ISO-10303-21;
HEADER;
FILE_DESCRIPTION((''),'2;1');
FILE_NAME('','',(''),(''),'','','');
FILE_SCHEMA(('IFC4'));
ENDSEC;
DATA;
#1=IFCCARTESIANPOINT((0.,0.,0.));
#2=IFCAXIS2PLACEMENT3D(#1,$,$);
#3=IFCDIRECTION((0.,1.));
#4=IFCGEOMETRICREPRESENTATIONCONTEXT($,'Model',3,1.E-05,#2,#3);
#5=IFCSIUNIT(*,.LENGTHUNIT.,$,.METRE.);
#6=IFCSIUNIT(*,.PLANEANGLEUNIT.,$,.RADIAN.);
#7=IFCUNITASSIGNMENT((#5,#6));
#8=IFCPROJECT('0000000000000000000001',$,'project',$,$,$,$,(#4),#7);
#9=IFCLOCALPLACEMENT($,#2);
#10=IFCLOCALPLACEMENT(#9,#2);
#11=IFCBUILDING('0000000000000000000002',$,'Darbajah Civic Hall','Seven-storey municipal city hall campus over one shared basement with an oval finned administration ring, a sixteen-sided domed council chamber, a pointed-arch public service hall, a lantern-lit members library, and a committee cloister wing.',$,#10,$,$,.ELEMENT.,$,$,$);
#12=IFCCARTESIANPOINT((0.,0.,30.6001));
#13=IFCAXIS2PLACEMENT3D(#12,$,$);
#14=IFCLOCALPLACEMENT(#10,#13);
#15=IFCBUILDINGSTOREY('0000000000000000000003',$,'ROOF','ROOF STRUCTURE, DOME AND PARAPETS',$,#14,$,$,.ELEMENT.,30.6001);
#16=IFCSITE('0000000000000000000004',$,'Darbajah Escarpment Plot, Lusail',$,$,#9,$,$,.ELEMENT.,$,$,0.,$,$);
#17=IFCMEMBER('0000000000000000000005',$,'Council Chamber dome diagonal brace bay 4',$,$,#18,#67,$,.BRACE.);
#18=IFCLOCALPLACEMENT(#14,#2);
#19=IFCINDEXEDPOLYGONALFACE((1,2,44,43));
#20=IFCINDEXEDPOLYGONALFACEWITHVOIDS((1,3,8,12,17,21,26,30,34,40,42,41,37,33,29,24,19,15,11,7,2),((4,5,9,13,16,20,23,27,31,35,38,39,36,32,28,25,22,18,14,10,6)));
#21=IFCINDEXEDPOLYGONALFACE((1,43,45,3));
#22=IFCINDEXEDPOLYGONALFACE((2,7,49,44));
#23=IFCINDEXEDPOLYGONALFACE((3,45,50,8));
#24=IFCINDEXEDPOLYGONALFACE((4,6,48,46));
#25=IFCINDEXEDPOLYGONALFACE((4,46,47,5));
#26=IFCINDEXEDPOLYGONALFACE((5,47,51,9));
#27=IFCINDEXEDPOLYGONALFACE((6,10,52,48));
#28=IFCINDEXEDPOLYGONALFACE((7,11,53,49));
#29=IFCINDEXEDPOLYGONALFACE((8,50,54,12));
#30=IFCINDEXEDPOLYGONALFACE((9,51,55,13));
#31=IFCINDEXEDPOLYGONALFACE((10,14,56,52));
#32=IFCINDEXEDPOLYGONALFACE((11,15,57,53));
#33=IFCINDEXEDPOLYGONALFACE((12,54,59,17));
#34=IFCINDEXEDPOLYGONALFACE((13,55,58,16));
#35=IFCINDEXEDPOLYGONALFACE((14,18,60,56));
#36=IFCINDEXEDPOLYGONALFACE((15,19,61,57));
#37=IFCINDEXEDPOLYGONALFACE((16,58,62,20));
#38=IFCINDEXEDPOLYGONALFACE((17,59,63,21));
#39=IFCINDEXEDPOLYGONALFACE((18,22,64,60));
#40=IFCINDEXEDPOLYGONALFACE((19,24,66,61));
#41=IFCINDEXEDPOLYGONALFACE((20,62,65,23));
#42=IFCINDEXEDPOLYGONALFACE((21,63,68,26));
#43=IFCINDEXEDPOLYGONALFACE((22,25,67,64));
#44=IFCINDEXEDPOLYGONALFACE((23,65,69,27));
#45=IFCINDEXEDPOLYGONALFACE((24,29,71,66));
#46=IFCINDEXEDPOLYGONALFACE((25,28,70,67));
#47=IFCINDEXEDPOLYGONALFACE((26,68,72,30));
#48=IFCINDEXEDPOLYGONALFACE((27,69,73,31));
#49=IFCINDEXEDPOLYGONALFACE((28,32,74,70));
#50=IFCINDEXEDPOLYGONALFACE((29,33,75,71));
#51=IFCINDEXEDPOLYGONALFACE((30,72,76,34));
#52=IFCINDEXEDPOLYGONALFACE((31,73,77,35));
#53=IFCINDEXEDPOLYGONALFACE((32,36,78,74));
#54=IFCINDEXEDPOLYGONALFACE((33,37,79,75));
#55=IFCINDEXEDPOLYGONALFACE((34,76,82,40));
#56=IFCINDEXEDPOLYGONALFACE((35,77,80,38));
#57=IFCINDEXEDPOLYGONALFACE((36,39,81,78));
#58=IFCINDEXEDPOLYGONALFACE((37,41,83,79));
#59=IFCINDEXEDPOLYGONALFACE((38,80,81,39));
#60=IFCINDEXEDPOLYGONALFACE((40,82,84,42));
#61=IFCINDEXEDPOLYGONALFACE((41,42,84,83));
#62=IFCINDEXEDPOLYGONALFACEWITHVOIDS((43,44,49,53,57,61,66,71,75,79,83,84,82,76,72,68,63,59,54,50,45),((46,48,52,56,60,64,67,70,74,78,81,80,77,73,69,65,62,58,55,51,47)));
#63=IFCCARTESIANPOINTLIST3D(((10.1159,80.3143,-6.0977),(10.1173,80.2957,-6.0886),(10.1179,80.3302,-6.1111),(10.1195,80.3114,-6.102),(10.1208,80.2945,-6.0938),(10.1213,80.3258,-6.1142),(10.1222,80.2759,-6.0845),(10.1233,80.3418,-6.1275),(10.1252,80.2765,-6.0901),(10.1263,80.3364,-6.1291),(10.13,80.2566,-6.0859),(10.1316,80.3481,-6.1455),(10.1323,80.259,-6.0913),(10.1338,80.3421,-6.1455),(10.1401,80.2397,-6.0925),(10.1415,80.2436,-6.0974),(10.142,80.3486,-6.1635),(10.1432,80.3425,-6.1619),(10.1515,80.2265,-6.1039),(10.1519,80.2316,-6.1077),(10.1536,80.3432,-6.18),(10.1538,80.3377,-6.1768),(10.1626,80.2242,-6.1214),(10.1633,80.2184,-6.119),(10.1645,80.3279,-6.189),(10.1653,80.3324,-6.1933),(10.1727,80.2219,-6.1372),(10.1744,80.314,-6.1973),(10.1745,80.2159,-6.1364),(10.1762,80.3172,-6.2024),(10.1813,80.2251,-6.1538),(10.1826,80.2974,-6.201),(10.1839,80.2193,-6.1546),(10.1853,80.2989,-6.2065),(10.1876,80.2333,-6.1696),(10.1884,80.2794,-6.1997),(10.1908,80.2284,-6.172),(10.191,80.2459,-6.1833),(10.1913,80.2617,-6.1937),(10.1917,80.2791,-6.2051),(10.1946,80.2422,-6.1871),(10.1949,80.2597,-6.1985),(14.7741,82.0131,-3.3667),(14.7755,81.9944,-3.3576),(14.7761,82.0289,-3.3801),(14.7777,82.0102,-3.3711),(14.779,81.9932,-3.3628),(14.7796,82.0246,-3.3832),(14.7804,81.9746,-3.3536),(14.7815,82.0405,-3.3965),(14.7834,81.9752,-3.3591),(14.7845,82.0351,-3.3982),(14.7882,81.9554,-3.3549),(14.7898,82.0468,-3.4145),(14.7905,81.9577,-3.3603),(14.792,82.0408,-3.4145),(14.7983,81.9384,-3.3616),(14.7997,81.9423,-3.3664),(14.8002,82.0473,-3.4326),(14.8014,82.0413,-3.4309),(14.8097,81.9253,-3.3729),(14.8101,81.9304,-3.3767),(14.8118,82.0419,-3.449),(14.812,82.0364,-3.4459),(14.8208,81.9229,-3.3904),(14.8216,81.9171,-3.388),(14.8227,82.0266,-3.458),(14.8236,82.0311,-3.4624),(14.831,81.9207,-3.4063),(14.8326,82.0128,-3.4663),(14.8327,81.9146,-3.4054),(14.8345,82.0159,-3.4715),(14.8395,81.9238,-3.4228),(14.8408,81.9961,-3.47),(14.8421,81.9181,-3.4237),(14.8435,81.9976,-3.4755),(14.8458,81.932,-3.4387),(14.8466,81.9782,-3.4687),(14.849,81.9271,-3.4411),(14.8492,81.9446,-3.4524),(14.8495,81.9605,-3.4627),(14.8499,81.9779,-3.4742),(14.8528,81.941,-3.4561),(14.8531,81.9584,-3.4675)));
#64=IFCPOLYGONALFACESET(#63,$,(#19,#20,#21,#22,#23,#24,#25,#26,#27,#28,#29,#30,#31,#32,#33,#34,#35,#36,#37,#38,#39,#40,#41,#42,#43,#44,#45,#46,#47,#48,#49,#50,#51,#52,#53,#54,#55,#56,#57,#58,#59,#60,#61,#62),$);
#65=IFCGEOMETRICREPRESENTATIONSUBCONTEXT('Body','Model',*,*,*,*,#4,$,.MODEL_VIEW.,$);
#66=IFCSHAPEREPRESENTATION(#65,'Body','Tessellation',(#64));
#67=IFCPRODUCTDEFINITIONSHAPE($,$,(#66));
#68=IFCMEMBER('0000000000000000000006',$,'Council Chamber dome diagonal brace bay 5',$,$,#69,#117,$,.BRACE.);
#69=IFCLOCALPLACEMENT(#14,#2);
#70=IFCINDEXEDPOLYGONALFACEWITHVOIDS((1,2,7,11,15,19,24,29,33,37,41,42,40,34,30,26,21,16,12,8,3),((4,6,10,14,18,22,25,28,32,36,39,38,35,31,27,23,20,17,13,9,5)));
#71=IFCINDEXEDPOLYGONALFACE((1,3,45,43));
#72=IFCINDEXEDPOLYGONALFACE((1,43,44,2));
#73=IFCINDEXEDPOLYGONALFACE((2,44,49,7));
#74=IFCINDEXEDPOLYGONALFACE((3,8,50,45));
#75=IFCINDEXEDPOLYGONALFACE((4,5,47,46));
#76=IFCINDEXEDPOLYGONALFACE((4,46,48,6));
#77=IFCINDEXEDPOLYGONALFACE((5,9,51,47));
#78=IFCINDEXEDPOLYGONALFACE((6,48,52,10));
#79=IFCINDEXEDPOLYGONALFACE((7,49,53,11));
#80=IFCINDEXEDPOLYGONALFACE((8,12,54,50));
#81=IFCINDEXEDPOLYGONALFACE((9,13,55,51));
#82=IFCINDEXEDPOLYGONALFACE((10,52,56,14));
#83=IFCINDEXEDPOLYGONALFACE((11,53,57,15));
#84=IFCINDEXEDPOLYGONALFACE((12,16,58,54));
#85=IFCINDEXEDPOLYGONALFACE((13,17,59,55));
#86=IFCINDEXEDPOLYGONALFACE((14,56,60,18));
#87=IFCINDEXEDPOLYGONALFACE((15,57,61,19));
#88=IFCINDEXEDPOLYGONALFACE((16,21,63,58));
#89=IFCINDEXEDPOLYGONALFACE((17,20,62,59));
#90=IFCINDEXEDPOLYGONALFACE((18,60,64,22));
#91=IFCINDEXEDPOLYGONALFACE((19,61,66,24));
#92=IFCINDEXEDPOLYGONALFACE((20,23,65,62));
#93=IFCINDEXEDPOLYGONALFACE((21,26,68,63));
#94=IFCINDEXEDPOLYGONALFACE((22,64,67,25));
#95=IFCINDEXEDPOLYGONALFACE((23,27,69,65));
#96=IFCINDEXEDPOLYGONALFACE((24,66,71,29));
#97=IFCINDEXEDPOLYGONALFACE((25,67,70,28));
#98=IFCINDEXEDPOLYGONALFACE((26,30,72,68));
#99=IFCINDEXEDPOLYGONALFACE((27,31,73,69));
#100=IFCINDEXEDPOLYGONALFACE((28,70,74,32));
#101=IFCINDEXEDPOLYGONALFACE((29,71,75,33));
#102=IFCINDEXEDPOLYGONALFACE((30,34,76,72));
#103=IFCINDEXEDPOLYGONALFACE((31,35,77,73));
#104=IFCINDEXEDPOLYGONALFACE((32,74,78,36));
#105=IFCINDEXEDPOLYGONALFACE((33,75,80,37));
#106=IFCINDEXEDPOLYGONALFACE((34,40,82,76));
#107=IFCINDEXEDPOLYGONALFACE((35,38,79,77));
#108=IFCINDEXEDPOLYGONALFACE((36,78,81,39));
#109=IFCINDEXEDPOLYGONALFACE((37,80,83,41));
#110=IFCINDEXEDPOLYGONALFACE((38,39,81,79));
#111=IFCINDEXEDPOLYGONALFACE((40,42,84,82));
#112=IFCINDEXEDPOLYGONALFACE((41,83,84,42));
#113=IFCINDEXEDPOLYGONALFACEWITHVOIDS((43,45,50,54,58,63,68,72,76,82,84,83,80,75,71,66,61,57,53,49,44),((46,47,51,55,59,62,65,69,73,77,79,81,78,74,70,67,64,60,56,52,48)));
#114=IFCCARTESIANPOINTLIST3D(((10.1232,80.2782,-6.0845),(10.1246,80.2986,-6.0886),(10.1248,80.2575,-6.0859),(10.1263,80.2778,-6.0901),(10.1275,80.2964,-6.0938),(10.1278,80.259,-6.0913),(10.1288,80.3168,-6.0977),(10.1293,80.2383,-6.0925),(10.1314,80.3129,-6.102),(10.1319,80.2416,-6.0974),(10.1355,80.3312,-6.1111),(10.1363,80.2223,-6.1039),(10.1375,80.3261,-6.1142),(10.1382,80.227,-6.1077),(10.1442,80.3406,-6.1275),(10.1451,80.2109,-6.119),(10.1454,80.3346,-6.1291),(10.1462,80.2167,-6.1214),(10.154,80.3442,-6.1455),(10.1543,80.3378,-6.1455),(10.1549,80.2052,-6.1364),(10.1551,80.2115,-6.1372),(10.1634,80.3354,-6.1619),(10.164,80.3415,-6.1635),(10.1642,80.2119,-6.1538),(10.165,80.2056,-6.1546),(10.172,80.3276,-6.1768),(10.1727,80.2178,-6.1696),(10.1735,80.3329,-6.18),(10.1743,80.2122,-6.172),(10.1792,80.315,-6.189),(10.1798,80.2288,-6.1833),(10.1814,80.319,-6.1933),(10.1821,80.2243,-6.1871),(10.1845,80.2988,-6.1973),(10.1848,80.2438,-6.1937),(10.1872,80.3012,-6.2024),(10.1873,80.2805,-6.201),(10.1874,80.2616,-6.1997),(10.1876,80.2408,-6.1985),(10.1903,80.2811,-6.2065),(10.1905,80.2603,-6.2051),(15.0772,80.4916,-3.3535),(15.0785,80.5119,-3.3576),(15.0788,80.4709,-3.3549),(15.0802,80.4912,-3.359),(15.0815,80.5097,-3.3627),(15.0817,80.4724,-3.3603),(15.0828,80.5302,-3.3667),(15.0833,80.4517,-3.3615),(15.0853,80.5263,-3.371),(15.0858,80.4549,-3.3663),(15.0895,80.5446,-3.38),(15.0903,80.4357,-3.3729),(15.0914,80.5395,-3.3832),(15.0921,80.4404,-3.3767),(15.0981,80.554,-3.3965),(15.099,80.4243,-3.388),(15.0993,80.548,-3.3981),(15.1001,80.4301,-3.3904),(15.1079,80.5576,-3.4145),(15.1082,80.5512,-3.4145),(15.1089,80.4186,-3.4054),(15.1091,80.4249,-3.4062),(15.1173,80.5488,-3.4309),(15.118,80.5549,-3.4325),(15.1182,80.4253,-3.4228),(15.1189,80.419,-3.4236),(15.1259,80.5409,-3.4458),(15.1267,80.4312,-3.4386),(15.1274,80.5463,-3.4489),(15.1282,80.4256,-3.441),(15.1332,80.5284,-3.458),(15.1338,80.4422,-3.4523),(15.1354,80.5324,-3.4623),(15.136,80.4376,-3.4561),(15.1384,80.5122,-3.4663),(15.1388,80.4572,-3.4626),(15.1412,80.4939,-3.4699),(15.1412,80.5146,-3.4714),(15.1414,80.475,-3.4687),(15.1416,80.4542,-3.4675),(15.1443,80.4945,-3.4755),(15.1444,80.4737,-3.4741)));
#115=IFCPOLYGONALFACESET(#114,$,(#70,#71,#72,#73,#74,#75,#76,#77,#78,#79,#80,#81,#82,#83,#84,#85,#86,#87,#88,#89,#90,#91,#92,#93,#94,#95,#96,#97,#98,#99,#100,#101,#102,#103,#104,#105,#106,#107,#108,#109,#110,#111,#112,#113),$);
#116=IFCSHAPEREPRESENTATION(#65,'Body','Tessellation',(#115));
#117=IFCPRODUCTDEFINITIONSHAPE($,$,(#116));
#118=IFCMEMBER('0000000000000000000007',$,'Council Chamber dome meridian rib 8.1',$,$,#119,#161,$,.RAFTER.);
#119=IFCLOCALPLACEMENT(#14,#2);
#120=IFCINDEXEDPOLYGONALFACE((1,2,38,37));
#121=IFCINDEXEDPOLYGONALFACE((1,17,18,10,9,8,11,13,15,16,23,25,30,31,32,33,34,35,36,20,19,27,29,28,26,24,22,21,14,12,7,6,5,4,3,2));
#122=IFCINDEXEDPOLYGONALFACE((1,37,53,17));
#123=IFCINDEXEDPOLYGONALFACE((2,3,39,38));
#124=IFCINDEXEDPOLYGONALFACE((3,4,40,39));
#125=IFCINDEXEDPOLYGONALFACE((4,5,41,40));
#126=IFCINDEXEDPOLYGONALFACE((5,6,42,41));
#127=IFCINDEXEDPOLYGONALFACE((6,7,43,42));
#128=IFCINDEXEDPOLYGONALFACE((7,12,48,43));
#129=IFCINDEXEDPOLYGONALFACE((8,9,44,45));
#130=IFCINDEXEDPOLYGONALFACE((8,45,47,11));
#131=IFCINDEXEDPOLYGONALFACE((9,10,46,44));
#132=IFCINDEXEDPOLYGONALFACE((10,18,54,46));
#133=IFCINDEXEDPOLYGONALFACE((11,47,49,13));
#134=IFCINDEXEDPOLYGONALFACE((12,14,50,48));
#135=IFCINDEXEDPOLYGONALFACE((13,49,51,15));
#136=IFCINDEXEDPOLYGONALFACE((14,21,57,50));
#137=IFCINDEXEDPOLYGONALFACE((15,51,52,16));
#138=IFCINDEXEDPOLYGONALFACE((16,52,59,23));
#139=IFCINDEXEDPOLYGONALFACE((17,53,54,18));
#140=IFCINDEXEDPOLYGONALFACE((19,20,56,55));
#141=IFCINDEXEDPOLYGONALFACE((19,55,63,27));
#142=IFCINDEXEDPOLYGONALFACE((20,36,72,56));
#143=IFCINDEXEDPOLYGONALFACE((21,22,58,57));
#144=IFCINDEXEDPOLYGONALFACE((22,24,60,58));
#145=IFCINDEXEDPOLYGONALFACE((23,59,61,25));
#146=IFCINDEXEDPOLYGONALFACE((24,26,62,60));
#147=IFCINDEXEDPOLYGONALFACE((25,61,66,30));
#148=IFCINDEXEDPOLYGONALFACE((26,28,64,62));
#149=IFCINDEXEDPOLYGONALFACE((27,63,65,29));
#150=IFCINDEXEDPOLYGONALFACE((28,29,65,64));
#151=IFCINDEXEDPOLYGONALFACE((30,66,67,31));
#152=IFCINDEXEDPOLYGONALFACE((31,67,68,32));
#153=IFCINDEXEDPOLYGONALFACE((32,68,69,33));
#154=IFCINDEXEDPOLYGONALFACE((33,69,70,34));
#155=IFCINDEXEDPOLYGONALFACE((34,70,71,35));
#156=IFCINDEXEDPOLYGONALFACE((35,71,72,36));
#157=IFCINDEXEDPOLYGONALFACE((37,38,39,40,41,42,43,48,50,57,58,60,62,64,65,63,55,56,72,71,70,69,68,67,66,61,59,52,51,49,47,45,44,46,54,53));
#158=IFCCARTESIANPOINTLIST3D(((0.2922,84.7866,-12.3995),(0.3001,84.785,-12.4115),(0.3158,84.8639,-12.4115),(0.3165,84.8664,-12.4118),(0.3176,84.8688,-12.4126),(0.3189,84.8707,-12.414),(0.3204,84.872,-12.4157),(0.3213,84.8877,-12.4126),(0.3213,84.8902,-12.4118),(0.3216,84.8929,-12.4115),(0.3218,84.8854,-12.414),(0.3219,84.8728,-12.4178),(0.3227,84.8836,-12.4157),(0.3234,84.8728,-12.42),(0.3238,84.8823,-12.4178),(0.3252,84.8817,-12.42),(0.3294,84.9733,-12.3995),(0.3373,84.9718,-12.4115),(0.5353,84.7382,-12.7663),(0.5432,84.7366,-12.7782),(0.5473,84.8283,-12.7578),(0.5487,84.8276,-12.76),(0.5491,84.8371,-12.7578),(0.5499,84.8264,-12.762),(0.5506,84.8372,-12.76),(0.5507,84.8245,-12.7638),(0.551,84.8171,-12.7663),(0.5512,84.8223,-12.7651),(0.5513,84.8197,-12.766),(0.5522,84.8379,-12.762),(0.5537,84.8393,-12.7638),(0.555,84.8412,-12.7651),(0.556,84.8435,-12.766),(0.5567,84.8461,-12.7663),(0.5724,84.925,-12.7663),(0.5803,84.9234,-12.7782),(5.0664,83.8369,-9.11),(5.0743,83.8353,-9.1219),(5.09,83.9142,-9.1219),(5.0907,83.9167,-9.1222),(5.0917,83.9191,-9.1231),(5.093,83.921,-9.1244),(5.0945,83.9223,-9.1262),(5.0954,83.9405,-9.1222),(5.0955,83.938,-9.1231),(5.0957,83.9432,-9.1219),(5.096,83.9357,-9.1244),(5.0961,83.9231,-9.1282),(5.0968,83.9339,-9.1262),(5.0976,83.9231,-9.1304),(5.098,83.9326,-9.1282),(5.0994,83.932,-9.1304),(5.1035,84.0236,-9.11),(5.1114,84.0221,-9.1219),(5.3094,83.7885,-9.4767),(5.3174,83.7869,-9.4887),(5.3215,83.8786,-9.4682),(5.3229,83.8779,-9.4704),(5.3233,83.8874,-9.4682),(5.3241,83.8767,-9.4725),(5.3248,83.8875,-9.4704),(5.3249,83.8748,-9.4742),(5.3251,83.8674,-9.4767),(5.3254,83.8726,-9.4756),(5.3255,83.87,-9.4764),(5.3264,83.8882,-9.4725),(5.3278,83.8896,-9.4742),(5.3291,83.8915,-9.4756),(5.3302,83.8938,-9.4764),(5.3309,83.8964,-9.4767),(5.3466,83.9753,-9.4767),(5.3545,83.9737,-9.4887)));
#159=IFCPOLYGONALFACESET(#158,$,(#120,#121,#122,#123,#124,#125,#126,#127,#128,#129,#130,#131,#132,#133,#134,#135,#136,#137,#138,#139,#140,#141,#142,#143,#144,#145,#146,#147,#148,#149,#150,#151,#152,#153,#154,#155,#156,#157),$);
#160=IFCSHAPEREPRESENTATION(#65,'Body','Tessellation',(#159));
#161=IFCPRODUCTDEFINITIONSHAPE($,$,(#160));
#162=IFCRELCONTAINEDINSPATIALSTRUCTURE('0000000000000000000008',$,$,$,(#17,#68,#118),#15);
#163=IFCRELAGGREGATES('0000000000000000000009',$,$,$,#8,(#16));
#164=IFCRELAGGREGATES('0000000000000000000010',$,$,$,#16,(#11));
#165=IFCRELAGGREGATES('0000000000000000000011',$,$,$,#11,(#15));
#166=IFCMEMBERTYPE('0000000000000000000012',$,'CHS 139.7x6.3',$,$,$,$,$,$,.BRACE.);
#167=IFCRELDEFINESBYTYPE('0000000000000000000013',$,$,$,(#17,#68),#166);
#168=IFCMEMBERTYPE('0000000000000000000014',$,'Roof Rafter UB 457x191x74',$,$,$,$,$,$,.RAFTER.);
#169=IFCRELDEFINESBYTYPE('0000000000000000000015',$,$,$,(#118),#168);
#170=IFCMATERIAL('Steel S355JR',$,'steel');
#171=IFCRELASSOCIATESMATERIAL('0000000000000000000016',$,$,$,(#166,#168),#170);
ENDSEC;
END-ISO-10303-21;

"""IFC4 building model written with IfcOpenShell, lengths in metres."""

from ifc_helpers import new_model, si_unit, direction, frame, origin, origin_2d, place, context, subcontext, project, spatial, hollow_circle, i_section, extrude, material, material_profile, profile_set, type_object, element, save


model = new_model("IFC4")

# Units and contexts
model_context = context("Model", 3, precision=1e-05, world=origin(), true_north=direction((0.0, 1.0)))
body_context = subcontext(model_context, "Body", "Model", "MODEL_VIEW")
ifc_project = project(units=[si_unit("LENGTHUNIT", "METRE"), si_unit("PLANEANGLEUNIT", "RADIAN")], contexts=[model_context])

# Site, building, storey
site_placement = place(None, origin())
site = spatial("IfcSite", under=ifc_project, at=site_placement, Name="Darbajah Escarpment Plot, Lusail", CompositionType="ELEMENT", RefElevation=0.0)
building_placement = place(site_placement, origin())
building = spatial("IfcBuilding", under=site, at=building_placement, Name="Darbajah Civic Hall", Description="Seven-storey municipal city hall campus over one shared basement with an oval finned administration ring, a sixteen-sided domed council chamber, a pointed-arch public service hall, a lantern-lit members library, and a committee cloister wing.", CompositionType="ELEMENT")
storey_placement = place(building_placement, frame((0.0, 0.0, 30.6001)))
storey = spatial("IfcBuildingStorey", under=building, at=storey_placement, Name="ROOF", Description="ROOF STRUCTURE, DOME AND PARAPETS", CompositionType="ELEMENT", Elevation=30.6001)

# Members
ifc_material = material(Name="Steel S355JR", Category="steel")
ifc_material_profile_1 = material_profile(ifc_material, hollow_circle(Radius=0.0698, WallThickness=0.0063, at=origin_2d()), Name="CHS 139.7x6.3")
ifc_profile_set_1 = profile_set([ifc_material_profile_1], Name="Steel S355JR")
member_type_1 = type_object("IfcMemberType", Name="CHS 139.7x6.3", PredefinedType="BRACE", material=ifc_profile_set_1)
member_1_placement = place(storey_placement, frame((10.1555, 80.2825, -6.1455), z_axis=(0.822913, 0.300096, 0.482448), x_axis=(-0.342605, 0.93948, 0.0)))
element("IfcMember", 1, at=member_1_placement, inside=storey, type_object=member_type_1, Name="Council Chamber dome diagonal brace bay 4", PredefinedType="BRACE", context=body_context, shape_type="SweptSolid", body=[
    extrude(hollow_circle(Radius=0.0698, WallThickness=0.0063, at=origin_2d()), origin(), (0.0, 0.0, 1.0), 5.6606),
])
member_2_placement = place(storey_placement, frame((10.157, 80.2744, -6.1455), z_axis=(0.87512, 0.037694, 0.482435), x_axis=(-0.043033, 0.999074, 0.0)))
element("IfcMember", 2, at=member_2_placement, inside=storey, type_object=member_type_1, Name="Council Chamber dome diagonal brace bay 5", PredefinedType="BRACE", context=body_context, shape_type="SweptSolid", body=[
    extrude(hollow_circle(Radius=0.0698, WallThickness=0.0063, at=origin_2d()), origin(), (0.0, 0.0, 1.0), 5.6609),
])
ifc_material_profile_2 = material_profile(ifc_material, i_section(OverallWidth=0.1904, OverallDepth=0.457, WebThickness=0.009, FlangeThickness=0.0144, FilletRadius=0.0103, at=origin_2d()), Name="UB 457x191x74")
ifc_profile_set_2 = profile_set([ifc_material_profile_2], Name="Steel S355JR")
member_type_2 = type_object("IfcMemberType", Name="Roof Rafter UB 457x191x74", PredefinedType="RAFTER", material=ifc_profile_set_2)
member_3_placement = place(storey_placement, frame((0.4363, 84.855, -12.5889), z_axis=(0.812623, -0.161652, 0.559922), x_axis=(0.195103, 0.980783, 0.0)))
element("IfcMember", 3, at=member_3_placement, inside=storey, type_object=member_type_2, Name="Council Chamber dome meridian rib 8.1", PredefinedType="RAFTER", context=body_context, shape_type="SweptSolid", body=[
    extrude(i_section(OverallWidth=0.1904, OverallDepth=0.457, WebThickness=0.009, FlangeThickness=0.0144, FilletRadius=0.0103, at=origin_2d()), origin(), (0.0, 0.0, 1.0), 5.875),
])

save(model, "model.ifc")
